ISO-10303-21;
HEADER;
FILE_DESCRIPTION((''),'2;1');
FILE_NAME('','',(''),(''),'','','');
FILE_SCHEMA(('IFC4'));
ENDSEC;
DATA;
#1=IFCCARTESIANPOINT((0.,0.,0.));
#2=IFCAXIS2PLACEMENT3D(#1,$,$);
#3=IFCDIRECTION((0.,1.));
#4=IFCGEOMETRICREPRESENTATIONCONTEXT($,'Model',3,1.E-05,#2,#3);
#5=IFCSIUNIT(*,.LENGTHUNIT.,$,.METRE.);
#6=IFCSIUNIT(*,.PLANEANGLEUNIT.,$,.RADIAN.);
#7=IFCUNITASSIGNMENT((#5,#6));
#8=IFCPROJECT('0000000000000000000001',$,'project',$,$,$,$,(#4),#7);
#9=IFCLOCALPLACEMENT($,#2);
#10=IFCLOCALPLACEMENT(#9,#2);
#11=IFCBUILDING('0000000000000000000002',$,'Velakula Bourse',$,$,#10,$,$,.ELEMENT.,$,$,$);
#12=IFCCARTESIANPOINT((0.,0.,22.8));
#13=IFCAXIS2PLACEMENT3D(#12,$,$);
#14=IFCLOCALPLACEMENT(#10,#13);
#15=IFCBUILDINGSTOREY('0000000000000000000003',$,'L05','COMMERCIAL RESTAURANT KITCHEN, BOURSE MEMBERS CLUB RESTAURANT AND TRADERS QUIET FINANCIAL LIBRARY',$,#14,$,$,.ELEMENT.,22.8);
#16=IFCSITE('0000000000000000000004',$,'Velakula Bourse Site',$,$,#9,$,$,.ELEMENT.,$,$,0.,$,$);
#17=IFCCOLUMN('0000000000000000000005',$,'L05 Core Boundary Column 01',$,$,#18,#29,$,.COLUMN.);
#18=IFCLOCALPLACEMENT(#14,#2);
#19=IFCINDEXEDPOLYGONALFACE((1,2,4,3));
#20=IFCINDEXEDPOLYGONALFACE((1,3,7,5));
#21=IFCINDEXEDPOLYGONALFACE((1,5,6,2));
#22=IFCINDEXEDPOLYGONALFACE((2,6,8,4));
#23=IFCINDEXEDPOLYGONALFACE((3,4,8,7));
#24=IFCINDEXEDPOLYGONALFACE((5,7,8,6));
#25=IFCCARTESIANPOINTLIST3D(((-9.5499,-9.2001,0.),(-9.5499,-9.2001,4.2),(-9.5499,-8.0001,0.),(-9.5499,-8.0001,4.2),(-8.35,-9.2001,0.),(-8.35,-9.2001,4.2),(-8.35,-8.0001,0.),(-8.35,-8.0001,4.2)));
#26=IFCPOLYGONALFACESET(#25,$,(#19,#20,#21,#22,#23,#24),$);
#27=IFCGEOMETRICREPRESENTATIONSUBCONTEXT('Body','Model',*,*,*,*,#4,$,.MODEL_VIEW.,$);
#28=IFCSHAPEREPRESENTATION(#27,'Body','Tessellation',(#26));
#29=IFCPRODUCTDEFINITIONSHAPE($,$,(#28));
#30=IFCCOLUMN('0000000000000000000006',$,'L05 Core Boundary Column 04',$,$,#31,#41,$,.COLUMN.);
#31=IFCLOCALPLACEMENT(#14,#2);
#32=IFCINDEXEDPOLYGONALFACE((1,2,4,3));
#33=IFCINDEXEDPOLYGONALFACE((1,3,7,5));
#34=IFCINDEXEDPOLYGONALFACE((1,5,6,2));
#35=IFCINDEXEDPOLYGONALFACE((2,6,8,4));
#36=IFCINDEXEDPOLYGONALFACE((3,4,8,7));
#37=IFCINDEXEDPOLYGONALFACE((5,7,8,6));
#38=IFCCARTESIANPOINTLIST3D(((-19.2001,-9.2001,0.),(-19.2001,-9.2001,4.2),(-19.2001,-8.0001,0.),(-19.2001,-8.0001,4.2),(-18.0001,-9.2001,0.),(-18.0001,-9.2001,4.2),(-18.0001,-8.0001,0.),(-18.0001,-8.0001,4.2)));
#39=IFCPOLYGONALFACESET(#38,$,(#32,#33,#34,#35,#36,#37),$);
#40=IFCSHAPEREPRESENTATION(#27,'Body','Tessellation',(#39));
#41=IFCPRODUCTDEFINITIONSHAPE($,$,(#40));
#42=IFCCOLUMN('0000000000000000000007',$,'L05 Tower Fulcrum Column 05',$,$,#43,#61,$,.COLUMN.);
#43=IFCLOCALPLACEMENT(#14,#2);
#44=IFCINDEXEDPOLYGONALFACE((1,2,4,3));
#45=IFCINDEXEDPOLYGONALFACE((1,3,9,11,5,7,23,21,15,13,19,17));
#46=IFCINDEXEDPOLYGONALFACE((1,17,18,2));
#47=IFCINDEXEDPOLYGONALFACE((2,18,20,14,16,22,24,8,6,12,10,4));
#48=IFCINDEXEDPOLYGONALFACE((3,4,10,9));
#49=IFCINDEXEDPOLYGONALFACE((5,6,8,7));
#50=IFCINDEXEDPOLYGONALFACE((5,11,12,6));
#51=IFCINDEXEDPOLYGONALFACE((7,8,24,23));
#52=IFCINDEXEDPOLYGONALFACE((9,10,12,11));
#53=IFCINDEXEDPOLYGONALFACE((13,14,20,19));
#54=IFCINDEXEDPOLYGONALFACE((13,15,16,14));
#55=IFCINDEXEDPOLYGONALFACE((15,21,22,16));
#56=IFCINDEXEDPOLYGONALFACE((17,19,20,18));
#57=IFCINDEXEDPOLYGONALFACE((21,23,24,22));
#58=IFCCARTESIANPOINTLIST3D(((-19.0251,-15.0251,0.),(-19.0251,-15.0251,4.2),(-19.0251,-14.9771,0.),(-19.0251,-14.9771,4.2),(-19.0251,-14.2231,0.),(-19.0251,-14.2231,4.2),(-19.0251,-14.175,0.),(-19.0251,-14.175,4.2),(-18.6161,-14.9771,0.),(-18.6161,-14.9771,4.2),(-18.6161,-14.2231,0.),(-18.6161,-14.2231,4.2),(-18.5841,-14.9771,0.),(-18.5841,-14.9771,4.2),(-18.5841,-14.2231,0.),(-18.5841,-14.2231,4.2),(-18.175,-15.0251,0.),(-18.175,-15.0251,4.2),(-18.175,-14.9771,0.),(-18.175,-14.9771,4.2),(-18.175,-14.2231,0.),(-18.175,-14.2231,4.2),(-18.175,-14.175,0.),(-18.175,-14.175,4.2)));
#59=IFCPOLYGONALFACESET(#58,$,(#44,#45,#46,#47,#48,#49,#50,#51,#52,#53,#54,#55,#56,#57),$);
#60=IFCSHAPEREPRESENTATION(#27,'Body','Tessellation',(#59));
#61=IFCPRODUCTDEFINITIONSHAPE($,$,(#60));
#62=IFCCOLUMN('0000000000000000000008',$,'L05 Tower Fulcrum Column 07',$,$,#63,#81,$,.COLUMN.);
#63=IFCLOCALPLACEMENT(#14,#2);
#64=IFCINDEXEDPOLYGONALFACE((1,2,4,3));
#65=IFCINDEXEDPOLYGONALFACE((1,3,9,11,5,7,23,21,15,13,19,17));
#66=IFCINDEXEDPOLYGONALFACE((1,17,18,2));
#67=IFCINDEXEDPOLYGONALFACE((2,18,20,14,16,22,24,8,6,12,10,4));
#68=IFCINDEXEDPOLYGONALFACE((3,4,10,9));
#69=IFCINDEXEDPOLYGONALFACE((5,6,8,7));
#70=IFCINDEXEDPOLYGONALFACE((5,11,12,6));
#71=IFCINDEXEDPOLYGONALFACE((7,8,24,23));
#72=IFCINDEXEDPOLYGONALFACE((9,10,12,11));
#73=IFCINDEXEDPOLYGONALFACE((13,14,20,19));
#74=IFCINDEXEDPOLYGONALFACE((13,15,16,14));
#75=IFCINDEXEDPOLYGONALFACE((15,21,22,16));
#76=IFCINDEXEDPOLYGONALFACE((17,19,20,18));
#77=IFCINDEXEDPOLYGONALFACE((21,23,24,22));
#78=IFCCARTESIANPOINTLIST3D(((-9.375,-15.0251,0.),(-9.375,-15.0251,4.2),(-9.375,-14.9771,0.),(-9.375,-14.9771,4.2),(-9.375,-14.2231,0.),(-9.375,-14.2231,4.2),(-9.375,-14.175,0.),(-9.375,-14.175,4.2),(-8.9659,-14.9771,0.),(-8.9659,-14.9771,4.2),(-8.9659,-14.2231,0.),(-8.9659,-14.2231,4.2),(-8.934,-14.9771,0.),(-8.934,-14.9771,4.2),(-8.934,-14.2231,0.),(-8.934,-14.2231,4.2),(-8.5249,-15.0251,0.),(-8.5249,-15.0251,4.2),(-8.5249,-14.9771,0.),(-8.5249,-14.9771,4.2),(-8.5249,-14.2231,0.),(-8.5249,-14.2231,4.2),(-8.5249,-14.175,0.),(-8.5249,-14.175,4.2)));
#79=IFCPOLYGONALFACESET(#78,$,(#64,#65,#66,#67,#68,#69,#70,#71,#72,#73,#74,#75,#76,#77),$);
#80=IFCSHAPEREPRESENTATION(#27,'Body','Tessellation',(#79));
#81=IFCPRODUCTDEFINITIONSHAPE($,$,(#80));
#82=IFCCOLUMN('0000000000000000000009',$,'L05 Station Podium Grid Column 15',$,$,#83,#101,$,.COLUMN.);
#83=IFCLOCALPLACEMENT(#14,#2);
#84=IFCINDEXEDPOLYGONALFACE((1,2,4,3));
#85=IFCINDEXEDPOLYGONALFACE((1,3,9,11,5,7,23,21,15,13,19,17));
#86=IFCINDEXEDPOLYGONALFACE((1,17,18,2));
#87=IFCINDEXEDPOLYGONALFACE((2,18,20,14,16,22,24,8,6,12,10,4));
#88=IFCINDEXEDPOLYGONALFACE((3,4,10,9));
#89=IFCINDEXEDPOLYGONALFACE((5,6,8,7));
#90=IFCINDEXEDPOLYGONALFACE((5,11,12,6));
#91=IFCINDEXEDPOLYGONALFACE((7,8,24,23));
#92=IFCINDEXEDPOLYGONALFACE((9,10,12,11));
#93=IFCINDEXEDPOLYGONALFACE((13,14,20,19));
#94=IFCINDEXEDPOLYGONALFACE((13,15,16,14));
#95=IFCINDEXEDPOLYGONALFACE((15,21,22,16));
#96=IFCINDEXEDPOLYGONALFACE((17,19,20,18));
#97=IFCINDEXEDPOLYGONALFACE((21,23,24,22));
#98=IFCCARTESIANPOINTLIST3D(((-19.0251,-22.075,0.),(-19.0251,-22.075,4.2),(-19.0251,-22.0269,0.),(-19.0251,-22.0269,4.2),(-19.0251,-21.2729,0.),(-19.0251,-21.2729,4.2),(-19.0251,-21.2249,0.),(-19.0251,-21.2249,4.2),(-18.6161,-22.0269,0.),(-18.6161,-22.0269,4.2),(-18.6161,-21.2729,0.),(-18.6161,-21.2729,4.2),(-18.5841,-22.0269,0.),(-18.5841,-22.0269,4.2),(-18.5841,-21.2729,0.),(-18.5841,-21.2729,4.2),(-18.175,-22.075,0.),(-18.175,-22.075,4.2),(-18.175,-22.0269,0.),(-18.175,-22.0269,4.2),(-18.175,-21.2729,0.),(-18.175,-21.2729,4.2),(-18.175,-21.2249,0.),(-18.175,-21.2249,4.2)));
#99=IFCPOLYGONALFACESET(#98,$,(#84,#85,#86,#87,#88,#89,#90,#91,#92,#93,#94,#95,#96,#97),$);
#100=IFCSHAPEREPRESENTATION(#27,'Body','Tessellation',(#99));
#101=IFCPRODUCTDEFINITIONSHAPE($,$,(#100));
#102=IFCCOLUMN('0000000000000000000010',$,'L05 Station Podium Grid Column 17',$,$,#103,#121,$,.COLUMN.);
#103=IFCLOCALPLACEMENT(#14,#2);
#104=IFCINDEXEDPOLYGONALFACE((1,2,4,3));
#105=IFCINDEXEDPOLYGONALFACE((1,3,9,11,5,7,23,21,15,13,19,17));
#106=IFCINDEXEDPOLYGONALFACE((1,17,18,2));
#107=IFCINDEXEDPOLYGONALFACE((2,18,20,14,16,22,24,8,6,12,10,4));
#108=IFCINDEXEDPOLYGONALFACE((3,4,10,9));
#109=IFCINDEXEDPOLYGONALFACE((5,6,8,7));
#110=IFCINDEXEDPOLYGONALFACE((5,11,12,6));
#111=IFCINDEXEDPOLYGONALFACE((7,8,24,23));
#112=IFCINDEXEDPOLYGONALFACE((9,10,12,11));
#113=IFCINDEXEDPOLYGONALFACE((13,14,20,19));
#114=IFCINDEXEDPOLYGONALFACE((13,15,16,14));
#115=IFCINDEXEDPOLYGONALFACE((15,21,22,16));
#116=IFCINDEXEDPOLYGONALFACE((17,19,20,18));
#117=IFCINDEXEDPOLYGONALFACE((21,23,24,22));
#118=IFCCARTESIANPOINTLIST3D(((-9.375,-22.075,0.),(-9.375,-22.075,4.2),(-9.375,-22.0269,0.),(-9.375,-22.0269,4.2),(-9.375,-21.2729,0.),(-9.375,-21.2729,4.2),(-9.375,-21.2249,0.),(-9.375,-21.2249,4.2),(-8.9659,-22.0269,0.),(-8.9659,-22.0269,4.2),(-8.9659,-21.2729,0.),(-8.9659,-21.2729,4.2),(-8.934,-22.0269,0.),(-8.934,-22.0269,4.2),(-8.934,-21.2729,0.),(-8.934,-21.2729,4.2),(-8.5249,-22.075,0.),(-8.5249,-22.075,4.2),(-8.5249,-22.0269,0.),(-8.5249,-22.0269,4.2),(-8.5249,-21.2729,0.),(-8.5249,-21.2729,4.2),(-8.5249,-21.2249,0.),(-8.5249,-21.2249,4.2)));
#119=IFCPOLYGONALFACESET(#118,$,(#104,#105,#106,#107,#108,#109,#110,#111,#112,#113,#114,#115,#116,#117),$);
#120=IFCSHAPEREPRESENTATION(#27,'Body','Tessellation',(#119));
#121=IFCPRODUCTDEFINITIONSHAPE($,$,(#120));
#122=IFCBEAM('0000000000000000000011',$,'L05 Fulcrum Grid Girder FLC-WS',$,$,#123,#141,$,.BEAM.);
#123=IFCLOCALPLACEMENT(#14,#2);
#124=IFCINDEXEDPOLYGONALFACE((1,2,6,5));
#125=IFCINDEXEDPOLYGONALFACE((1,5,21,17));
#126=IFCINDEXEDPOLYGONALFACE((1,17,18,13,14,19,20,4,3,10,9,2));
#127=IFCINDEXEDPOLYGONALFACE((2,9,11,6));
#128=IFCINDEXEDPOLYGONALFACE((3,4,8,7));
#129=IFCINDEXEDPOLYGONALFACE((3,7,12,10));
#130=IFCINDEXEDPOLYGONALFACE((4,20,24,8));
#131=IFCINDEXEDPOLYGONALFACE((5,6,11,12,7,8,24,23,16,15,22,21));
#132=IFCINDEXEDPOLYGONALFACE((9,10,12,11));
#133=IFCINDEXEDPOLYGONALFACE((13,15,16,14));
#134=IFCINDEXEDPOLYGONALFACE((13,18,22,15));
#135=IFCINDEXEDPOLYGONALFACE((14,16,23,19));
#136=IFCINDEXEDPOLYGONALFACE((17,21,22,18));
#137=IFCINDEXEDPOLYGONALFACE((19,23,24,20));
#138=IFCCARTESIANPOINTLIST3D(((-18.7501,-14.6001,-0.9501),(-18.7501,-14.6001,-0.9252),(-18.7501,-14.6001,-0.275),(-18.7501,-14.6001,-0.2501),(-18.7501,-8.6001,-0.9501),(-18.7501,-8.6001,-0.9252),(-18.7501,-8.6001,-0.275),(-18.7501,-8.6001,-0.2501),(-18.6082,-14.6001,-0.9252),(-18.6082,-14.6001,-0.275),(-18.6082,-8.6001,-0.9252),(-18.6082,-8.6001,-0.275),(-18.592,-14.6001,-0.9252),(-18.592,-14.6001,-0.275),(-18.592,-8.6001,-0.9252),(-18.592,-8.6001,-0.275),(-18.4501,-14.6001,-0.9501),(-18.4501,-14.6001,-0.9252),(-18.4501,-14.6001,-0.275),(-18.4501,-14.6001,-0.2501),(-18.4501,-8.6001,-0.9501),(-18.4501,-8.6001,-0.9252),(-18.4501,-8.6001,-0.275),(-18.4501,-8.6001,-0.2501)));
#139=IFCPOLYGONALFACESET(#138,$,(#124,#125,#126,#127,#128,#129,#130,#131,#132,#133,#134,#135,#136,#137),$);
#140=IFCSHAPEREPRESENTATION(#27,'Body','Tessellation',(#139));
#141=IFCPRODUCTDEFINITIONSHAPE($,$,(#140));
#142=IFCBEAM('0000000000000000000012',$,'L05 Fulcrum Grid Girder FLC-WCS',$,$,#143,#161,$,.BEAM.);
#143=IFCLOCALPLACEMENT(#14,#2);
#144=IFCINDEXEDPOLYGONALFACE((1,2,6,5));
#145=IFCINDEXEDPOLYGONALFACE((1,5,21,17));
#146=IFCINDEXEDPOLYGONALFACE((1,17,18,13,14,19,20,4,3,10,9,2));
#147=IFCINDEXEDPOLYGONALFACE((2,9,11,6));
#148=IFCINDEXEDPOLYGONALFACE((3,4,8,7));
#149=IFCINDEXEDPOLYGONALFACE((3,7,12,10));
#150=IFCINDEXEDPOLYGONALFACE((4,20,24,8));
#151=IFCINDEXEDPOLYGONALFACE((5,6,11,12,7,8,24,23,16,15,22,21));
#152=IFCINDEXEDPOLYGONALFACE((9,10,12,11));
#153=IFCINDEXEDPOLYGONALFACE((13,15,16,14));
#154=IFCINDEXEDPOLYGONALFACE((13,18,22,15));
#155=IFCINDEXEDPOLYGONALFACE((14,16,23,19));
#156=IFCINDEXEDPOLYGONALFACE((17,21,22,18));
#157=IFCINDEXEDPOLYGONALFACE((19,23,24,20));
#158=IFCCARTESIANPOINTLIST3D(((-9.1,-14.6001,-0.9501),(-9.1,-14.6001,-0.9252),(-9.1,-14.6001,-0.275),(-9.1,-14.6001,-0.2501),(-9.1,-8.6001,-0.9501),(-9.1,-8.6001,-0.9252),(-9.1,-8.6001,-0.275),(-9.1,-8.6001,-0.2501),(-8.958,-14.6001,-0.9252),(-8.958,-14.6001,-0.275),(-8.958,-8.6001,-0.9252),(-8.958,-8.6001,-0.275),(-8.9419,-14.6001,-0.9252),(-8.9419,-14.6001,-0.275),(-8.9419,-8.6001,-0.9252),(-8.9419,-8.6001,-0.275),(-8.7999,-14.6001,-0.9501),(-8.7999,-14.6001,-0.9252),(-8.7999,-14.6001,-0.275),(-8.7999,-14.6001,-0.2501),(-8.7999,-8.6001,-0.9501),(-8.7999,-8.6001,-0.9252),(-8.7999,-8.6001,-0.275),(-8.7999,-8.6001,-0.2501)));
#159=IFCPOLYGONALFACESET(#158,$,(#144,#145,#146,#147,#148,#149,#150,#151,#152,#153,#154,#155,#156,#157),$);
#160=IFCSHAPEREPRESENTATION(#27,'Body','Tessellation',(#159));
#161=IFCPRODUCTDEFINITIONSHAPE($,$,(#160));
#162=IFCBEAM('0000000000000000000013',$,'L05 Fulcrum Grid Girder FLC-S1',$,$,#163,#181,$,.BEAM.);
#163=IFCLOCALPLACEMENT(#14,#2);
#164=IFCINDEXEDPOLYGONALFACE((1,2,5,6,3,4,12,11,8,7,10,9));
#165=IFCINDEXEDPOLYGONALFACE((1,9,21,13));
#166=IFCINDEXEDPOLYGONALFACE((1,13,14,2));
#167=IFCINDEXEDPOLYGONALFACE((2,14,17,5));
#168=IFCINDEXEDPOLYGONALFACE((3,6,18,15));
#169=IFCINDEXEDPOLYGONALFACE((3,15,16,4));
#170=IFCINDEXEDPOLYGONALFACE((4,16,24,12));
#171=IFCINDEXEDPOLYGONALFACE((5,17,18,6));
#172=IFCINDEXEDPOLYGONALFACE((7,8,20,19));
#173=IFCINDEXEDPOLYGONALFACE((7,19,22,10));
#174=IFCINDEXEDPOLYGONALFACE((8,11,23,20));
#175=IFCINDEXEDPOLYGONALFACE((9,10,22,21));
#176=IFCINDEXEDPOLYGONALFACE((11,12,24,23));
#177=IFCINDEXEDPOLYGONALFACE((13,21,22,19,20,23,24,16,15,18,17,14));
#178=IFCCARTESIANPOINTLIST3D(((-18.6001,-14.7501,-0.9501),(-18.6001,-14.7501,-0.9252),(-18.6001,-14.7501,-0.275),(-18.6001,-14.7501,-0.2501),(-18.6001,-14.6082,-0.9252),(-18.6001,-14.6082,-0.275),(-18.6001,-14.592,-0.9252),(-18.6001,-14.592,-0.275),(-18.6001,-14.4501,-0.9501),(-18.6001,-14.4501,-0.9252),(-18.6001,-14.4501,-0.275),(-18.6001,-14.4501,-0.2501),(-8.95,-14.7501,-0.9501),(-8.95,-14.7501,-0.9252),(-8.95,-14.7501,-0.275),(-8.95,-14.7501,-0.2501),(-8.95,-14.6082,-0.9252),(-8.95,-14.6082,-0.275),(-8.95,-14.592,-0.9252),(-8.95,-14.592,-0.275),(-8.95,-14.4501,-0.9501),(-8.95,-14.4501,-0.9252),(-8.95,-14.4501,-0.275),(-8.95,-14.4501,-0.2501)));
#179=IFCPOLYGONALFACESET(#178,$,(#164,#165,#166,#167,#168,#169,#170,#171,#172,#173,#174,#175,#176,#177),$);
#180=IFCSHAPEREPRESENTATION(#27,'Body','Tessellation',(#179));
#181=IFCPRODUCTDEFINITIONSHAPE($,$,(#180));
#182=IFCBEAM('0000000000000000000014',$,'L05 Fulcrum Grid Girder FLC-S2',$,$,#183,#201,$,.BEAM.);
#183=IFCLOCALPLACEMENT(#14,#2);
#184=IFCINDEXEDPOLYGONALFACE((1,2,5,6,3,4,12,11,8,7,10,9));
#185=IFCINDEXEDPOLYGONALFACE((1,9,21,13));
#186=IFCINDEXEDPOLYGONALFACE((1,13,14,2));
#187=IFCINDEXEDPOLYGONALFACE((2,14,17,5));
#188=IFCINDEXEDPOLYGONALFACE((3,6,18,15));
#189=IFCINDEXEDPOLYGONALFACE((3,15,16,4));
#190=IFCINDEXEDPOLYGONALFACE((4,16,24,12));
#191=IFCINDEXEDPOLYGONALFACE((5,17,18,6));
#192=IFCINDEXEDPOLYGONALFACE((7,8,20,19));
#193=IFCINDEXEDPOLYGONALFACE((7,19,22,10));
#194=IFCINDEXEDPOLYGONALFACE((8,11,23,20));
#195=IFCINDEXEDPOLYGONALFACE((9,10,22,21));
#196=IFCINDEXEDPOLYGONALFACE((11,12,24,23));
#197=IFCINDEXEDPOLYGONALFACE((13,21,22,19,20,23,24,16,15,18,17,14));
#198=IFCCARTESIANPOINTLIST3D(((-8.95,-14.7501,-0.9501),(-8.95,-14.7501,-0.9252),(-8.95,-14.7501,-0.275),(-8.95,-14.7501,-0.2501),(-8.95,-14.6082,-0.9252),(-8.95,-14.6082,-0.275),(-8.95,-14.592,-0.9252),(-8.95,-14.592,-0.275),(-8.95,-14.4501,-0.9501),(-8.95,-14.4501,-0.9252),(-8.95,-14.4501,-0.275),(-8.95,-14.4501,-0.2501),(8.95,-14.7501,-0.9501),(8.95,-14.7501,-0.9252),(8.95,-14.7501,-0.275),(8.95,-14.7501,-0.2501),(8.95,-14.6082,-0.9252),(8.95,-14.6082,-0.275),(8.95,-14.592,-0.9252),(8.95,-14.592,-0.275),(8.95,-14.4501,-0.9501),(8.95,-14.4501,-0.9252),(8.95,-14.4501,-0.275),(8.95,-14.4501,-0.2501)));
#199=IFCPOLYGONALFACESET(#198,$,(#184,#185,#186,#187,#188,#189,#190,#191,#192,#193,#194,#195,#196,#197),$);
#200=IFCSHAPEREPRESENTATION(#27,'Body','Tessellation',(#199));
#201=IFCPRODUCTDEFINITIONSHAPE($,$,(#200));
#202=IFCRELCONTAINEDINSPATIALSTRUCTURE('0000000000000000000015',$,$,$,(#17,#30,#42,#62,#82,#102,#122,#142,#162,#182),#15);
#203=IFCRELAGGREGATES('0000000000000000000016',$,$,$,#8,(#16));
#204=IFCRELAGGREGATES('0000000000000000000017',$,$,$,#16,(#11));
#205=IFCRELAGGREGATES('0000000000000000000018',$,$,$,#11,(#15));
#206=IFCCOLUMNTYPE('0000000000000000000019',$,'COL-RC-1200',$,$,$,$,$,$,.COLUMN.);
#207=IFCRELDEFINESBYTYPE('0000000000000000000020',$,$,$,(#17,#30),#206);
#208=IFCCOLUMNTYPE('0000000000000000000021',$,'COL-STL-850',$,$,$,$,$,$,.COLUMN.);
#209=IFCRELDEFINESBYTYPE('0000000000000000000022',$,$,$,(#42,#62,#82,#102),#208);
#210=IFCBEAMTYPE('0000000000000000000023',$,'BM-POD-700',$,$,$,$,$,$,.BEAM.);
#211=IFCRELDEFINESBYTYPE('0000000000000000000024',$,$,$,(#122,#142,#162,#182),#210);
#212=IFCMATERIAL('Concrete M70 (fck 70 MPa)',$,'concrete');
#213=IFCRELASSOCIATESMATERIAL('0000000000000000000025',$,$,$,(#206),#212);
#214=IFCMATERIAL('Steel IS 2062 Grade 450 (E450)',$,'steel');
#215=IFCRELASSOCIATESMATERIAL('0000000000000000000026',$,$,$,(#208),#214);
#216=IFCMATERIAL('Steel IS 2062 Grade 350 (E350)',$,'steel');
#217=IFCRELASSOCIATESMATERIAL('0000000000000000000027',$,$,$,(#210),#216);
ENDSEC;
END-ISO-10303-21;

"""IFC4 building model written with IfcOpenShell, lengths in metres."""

from ifc_helpers import new_model, si_unit, direction, frame, origin, origin_2d, place, context, subcontext, project, spatial, rectangle, i_section, extrude, material, material_profile, profile_set, type_object, element, save


model = new_model("IFC4")

# Units and contexts
model_context = context("Model", 3, precision=1e-05, world=origin(), true_north=direction((0.0, 1.0)))
body_context = subcontext(model_context, "Body", "Model", "MODEL_VIEW")
ifc_project = project(units=[si_unit("LENGTHUNIT", "METRE"), si_unit("PLANEANGLEUNIT", "RADIAN")], contexts=[model_context])

# Site, building, storey
site_placement = place(None, origin())
site = spatial("IfcSite", under=ifc_project, at=site_placement, Name="Velakula Bourse Site", CompositionType="ELEMENT", RefElevation=0.0)
building_placement = place(site_placement, origin())
building = spatial("IfcBuilding", under=site, at=building_placement, Name="Velakula Bourse", CompositionType="ELEMENT")
storey_placement = place(building_placement, frame((0.0, 0.0, 22.8)))
storey = spatial("IfcBuildingStorey", under=building, at=storey_placement, Name="L05", Description="COMMERCIAL RESTAURANT KITCHEN, BOURSE MEMBERS CLUB RESTAURANT AND TRADERS QUIET FINANCIAL LIBRARY", CompositionType="ELEMENT", Elevation=22.8)

# Columns
ifc_material_1 = material(Name="Concrete M70 (fck 70 MPa)", Category="concrete")
ifc_material_profile_1 = material_profile(ifc_material_1, rectangle(XDim=1.2, YDim=1.2, at=origin_2d()), Name="Concrete M70 (fck 70 MPa)")
ifc_profile_set_1 = profile_set([ifc_material_profile_1], Name="Concrete M70 (fck 70 MPa)")
column_type_1 = type_object("IfcColumnType", Name="COL-RC-1200", PredefinedType="COLUMN", material=ifc_profile_set_1)
for number, where, z_axis, x_axis, name in (
    (1, (-8.95, -8.6001, 0.0), (0.0, 0.0, 1.0), (1.0, 0.0, 0.0), "L05 Core Boundary Column 01"),
    (2, (-18.6001, -8.6001, 0.0), (0.0, 0.0, 1.0), (1.0, 0.0, 0.0), "L05 Core Boundary Column 04"),
):
    element("IfcColumn", number, at=place(storey_placement, frame(where, z_axis=z_axis, x_axis=x_axis)), inside=storey, type_object=column_type_1, Name=name, PredefinedType="COLUMN", context=body_context, shape_type="SweptSolid", body=[
        extrude(rectangle(XDim=1.2, YDim=1.2, at=origin_2d()), origin(), (0.0, 0.0, 1.0), 4.2),
    ])
ifc_material_2 = material(Name="Steel IS 2062 Grade 450 (E450)", Category="steel")
ifc_material_profile_2 = material_profile(ifc_material_2, i_section(OverallWidth=0.8501, OverallDepth=0.8501, WebThickness=0.032, FlangeThickness=0.0481, at=origin_2d()), Name="Steel IS 2062 Grade 450 (E450)")
ifc_profile_set_2 = profile_set([ifc_material_profile_2], Name="Steel IS 2062 Grade 450 (E450)")
column_type_2 = type_object("IfcColumnType", Name="COL-STL-850", PredefinedType="COLUMN", material=ifc_profile_set_2)
for number, where, z_axis, x_axis, name in (
    (3, (-18.6001, -14.6001, 0.0), (0.0, 0.0, 1.0), (1.0, 0.0, 0.0), "L05 Tower Fulcrum Column 05"),
    (4, (-8.95, -14.6001, 0.0), (0.0, 0.0, 1.0), (1.0, 0.0, 0.0), "L05 Tower Fulcrum Column 07"),
    (5, (-18.6001, -21.6499, 0.0), (0.0, 0.0, 1.0), (1.0, 0.0, 0.0), "L05 Station Podium Grid Column 15"),
    (6, (-8.95, -21.6499, 0.0), (0.0, 0.0, 1.0), (1.0, 0.0, 0.0), "L05 Station Podium Grid Column 17"),
):
    element("IfcColumn", number, at=place(storey_placement, frame(where, z_axis=z_axis, x_axis=x_axis)), inside=storey, type_object=column_type_2, Name=name, PredefinedType="COLUMN", context=body_context, shape_type="SweptSolid", body=[
        extrude(i_section(OverallWidth=0.8501, OverallDepth=0.8501, WebThickness=0.032, FlangeThickness=0.0481, at=origin_2d()), origin(), (0.0, 0.0, 1.0), 4.2),
    ])

# Beams
ifc_material_3 = material(Name="Steel IS 2062 Grade 350 (E350)", Category="steel")
ifc_material_profile_3 = material_profile(ifc_material_3, i_section(OverallWidth=0.3, OverallDepth=0.7, WebThickness=0.0161, FlangeThickness=0.0249, at=origin_2d()), Name="Steel IS 2062 Grade 350 (E350)")
ifc_profile_set_3 = profile_set([ifc_material_profile_3], Name="Steel IS 2062 Grade 350 (E350)")
beam_type_1 = type_object("IfcBeamType", Name="BM-POD-700", PredefinedType="BEAM", material=ifc_profile_set_3)
for number, where, z_axis, x_axis, name in (
    (7, (-18.6001, -14.6001, -0.6001), (0.0, 1.0, 0.0), (-1.0, 0.0, 0.0), "L05 Fulcrum Grid Girder FLC-WS"),
    (8, (-8.95, -14.6001, -0.6001), (0.0, 1.0, 0.0), (-1.0, 0.0, 0.0), "L05 Fulcrum Grid Girder FLC-WCS"),
):
    element("IfcBeam", number, at=place(storey_placement, frame(where, z_axis=z_axis, x_axis=x_axis)), inside=storey, type_object=beam_type_1, Name=name, PredefinedType="BEAM", context=body_context, shape_type="SweptSolid", body=[
        extrude(i_section(OverallWidth=0.3, OverallDepth=0.7, WebThickness=0.0161, FlangeThickness=0.0249, at=origin_2d()), origin(), (0.0, 0.0, 1.0), 6.0),
    ])
beam_1_placement = place(storey_placement, frame((-18.6001, -14.6001, -0.6001), z_axis=(1.0, 0.0, 0.0), x_axis=(0.0, 1.0, 0.0)))
element("IfcBeam", 9, at=beam_1_placement, inside=storey, type_object=beam_type_1, Name="L05 Fulcrum Grid Girder FLC-S1", PredefinedType="BEAM", context=body_context, shape_type="SweptSolid", body=[
    extrude(i_section(OverallWidth=0.3, OverallDepth=0.7, WebThickness=0.0161, FlangeThickness=0.0249, at=origin_2d()), origin(), (0.0, 0.0, 1.0), 9.6501),
])
beam_2_placement = place(storey_placement, frame((-8.95, -14.6001, -0.6001), z_axis=(1.0, 0.0, 0.0), x_axis=(0.0, 1.0, 0.0)))
element("IfcBeam", 10, at=beam_2_placement, inside=storey, type_object=beam_type_1, Name="L05 Fulcrum Grid Girder FLC-S2", PredefinedType="BEAM", context=body_context, shape_type="SweptSolid", body=[
    extrude(i_section(OverallWidth=0.3, OverallDepth=0.7, WebThickness=0.0161, FlangeThickness=0.0249, at=origin_2d()), origin(), (0.0, 0.0, 1.0), 17.8999),
])

save(model, "model.ifc")
